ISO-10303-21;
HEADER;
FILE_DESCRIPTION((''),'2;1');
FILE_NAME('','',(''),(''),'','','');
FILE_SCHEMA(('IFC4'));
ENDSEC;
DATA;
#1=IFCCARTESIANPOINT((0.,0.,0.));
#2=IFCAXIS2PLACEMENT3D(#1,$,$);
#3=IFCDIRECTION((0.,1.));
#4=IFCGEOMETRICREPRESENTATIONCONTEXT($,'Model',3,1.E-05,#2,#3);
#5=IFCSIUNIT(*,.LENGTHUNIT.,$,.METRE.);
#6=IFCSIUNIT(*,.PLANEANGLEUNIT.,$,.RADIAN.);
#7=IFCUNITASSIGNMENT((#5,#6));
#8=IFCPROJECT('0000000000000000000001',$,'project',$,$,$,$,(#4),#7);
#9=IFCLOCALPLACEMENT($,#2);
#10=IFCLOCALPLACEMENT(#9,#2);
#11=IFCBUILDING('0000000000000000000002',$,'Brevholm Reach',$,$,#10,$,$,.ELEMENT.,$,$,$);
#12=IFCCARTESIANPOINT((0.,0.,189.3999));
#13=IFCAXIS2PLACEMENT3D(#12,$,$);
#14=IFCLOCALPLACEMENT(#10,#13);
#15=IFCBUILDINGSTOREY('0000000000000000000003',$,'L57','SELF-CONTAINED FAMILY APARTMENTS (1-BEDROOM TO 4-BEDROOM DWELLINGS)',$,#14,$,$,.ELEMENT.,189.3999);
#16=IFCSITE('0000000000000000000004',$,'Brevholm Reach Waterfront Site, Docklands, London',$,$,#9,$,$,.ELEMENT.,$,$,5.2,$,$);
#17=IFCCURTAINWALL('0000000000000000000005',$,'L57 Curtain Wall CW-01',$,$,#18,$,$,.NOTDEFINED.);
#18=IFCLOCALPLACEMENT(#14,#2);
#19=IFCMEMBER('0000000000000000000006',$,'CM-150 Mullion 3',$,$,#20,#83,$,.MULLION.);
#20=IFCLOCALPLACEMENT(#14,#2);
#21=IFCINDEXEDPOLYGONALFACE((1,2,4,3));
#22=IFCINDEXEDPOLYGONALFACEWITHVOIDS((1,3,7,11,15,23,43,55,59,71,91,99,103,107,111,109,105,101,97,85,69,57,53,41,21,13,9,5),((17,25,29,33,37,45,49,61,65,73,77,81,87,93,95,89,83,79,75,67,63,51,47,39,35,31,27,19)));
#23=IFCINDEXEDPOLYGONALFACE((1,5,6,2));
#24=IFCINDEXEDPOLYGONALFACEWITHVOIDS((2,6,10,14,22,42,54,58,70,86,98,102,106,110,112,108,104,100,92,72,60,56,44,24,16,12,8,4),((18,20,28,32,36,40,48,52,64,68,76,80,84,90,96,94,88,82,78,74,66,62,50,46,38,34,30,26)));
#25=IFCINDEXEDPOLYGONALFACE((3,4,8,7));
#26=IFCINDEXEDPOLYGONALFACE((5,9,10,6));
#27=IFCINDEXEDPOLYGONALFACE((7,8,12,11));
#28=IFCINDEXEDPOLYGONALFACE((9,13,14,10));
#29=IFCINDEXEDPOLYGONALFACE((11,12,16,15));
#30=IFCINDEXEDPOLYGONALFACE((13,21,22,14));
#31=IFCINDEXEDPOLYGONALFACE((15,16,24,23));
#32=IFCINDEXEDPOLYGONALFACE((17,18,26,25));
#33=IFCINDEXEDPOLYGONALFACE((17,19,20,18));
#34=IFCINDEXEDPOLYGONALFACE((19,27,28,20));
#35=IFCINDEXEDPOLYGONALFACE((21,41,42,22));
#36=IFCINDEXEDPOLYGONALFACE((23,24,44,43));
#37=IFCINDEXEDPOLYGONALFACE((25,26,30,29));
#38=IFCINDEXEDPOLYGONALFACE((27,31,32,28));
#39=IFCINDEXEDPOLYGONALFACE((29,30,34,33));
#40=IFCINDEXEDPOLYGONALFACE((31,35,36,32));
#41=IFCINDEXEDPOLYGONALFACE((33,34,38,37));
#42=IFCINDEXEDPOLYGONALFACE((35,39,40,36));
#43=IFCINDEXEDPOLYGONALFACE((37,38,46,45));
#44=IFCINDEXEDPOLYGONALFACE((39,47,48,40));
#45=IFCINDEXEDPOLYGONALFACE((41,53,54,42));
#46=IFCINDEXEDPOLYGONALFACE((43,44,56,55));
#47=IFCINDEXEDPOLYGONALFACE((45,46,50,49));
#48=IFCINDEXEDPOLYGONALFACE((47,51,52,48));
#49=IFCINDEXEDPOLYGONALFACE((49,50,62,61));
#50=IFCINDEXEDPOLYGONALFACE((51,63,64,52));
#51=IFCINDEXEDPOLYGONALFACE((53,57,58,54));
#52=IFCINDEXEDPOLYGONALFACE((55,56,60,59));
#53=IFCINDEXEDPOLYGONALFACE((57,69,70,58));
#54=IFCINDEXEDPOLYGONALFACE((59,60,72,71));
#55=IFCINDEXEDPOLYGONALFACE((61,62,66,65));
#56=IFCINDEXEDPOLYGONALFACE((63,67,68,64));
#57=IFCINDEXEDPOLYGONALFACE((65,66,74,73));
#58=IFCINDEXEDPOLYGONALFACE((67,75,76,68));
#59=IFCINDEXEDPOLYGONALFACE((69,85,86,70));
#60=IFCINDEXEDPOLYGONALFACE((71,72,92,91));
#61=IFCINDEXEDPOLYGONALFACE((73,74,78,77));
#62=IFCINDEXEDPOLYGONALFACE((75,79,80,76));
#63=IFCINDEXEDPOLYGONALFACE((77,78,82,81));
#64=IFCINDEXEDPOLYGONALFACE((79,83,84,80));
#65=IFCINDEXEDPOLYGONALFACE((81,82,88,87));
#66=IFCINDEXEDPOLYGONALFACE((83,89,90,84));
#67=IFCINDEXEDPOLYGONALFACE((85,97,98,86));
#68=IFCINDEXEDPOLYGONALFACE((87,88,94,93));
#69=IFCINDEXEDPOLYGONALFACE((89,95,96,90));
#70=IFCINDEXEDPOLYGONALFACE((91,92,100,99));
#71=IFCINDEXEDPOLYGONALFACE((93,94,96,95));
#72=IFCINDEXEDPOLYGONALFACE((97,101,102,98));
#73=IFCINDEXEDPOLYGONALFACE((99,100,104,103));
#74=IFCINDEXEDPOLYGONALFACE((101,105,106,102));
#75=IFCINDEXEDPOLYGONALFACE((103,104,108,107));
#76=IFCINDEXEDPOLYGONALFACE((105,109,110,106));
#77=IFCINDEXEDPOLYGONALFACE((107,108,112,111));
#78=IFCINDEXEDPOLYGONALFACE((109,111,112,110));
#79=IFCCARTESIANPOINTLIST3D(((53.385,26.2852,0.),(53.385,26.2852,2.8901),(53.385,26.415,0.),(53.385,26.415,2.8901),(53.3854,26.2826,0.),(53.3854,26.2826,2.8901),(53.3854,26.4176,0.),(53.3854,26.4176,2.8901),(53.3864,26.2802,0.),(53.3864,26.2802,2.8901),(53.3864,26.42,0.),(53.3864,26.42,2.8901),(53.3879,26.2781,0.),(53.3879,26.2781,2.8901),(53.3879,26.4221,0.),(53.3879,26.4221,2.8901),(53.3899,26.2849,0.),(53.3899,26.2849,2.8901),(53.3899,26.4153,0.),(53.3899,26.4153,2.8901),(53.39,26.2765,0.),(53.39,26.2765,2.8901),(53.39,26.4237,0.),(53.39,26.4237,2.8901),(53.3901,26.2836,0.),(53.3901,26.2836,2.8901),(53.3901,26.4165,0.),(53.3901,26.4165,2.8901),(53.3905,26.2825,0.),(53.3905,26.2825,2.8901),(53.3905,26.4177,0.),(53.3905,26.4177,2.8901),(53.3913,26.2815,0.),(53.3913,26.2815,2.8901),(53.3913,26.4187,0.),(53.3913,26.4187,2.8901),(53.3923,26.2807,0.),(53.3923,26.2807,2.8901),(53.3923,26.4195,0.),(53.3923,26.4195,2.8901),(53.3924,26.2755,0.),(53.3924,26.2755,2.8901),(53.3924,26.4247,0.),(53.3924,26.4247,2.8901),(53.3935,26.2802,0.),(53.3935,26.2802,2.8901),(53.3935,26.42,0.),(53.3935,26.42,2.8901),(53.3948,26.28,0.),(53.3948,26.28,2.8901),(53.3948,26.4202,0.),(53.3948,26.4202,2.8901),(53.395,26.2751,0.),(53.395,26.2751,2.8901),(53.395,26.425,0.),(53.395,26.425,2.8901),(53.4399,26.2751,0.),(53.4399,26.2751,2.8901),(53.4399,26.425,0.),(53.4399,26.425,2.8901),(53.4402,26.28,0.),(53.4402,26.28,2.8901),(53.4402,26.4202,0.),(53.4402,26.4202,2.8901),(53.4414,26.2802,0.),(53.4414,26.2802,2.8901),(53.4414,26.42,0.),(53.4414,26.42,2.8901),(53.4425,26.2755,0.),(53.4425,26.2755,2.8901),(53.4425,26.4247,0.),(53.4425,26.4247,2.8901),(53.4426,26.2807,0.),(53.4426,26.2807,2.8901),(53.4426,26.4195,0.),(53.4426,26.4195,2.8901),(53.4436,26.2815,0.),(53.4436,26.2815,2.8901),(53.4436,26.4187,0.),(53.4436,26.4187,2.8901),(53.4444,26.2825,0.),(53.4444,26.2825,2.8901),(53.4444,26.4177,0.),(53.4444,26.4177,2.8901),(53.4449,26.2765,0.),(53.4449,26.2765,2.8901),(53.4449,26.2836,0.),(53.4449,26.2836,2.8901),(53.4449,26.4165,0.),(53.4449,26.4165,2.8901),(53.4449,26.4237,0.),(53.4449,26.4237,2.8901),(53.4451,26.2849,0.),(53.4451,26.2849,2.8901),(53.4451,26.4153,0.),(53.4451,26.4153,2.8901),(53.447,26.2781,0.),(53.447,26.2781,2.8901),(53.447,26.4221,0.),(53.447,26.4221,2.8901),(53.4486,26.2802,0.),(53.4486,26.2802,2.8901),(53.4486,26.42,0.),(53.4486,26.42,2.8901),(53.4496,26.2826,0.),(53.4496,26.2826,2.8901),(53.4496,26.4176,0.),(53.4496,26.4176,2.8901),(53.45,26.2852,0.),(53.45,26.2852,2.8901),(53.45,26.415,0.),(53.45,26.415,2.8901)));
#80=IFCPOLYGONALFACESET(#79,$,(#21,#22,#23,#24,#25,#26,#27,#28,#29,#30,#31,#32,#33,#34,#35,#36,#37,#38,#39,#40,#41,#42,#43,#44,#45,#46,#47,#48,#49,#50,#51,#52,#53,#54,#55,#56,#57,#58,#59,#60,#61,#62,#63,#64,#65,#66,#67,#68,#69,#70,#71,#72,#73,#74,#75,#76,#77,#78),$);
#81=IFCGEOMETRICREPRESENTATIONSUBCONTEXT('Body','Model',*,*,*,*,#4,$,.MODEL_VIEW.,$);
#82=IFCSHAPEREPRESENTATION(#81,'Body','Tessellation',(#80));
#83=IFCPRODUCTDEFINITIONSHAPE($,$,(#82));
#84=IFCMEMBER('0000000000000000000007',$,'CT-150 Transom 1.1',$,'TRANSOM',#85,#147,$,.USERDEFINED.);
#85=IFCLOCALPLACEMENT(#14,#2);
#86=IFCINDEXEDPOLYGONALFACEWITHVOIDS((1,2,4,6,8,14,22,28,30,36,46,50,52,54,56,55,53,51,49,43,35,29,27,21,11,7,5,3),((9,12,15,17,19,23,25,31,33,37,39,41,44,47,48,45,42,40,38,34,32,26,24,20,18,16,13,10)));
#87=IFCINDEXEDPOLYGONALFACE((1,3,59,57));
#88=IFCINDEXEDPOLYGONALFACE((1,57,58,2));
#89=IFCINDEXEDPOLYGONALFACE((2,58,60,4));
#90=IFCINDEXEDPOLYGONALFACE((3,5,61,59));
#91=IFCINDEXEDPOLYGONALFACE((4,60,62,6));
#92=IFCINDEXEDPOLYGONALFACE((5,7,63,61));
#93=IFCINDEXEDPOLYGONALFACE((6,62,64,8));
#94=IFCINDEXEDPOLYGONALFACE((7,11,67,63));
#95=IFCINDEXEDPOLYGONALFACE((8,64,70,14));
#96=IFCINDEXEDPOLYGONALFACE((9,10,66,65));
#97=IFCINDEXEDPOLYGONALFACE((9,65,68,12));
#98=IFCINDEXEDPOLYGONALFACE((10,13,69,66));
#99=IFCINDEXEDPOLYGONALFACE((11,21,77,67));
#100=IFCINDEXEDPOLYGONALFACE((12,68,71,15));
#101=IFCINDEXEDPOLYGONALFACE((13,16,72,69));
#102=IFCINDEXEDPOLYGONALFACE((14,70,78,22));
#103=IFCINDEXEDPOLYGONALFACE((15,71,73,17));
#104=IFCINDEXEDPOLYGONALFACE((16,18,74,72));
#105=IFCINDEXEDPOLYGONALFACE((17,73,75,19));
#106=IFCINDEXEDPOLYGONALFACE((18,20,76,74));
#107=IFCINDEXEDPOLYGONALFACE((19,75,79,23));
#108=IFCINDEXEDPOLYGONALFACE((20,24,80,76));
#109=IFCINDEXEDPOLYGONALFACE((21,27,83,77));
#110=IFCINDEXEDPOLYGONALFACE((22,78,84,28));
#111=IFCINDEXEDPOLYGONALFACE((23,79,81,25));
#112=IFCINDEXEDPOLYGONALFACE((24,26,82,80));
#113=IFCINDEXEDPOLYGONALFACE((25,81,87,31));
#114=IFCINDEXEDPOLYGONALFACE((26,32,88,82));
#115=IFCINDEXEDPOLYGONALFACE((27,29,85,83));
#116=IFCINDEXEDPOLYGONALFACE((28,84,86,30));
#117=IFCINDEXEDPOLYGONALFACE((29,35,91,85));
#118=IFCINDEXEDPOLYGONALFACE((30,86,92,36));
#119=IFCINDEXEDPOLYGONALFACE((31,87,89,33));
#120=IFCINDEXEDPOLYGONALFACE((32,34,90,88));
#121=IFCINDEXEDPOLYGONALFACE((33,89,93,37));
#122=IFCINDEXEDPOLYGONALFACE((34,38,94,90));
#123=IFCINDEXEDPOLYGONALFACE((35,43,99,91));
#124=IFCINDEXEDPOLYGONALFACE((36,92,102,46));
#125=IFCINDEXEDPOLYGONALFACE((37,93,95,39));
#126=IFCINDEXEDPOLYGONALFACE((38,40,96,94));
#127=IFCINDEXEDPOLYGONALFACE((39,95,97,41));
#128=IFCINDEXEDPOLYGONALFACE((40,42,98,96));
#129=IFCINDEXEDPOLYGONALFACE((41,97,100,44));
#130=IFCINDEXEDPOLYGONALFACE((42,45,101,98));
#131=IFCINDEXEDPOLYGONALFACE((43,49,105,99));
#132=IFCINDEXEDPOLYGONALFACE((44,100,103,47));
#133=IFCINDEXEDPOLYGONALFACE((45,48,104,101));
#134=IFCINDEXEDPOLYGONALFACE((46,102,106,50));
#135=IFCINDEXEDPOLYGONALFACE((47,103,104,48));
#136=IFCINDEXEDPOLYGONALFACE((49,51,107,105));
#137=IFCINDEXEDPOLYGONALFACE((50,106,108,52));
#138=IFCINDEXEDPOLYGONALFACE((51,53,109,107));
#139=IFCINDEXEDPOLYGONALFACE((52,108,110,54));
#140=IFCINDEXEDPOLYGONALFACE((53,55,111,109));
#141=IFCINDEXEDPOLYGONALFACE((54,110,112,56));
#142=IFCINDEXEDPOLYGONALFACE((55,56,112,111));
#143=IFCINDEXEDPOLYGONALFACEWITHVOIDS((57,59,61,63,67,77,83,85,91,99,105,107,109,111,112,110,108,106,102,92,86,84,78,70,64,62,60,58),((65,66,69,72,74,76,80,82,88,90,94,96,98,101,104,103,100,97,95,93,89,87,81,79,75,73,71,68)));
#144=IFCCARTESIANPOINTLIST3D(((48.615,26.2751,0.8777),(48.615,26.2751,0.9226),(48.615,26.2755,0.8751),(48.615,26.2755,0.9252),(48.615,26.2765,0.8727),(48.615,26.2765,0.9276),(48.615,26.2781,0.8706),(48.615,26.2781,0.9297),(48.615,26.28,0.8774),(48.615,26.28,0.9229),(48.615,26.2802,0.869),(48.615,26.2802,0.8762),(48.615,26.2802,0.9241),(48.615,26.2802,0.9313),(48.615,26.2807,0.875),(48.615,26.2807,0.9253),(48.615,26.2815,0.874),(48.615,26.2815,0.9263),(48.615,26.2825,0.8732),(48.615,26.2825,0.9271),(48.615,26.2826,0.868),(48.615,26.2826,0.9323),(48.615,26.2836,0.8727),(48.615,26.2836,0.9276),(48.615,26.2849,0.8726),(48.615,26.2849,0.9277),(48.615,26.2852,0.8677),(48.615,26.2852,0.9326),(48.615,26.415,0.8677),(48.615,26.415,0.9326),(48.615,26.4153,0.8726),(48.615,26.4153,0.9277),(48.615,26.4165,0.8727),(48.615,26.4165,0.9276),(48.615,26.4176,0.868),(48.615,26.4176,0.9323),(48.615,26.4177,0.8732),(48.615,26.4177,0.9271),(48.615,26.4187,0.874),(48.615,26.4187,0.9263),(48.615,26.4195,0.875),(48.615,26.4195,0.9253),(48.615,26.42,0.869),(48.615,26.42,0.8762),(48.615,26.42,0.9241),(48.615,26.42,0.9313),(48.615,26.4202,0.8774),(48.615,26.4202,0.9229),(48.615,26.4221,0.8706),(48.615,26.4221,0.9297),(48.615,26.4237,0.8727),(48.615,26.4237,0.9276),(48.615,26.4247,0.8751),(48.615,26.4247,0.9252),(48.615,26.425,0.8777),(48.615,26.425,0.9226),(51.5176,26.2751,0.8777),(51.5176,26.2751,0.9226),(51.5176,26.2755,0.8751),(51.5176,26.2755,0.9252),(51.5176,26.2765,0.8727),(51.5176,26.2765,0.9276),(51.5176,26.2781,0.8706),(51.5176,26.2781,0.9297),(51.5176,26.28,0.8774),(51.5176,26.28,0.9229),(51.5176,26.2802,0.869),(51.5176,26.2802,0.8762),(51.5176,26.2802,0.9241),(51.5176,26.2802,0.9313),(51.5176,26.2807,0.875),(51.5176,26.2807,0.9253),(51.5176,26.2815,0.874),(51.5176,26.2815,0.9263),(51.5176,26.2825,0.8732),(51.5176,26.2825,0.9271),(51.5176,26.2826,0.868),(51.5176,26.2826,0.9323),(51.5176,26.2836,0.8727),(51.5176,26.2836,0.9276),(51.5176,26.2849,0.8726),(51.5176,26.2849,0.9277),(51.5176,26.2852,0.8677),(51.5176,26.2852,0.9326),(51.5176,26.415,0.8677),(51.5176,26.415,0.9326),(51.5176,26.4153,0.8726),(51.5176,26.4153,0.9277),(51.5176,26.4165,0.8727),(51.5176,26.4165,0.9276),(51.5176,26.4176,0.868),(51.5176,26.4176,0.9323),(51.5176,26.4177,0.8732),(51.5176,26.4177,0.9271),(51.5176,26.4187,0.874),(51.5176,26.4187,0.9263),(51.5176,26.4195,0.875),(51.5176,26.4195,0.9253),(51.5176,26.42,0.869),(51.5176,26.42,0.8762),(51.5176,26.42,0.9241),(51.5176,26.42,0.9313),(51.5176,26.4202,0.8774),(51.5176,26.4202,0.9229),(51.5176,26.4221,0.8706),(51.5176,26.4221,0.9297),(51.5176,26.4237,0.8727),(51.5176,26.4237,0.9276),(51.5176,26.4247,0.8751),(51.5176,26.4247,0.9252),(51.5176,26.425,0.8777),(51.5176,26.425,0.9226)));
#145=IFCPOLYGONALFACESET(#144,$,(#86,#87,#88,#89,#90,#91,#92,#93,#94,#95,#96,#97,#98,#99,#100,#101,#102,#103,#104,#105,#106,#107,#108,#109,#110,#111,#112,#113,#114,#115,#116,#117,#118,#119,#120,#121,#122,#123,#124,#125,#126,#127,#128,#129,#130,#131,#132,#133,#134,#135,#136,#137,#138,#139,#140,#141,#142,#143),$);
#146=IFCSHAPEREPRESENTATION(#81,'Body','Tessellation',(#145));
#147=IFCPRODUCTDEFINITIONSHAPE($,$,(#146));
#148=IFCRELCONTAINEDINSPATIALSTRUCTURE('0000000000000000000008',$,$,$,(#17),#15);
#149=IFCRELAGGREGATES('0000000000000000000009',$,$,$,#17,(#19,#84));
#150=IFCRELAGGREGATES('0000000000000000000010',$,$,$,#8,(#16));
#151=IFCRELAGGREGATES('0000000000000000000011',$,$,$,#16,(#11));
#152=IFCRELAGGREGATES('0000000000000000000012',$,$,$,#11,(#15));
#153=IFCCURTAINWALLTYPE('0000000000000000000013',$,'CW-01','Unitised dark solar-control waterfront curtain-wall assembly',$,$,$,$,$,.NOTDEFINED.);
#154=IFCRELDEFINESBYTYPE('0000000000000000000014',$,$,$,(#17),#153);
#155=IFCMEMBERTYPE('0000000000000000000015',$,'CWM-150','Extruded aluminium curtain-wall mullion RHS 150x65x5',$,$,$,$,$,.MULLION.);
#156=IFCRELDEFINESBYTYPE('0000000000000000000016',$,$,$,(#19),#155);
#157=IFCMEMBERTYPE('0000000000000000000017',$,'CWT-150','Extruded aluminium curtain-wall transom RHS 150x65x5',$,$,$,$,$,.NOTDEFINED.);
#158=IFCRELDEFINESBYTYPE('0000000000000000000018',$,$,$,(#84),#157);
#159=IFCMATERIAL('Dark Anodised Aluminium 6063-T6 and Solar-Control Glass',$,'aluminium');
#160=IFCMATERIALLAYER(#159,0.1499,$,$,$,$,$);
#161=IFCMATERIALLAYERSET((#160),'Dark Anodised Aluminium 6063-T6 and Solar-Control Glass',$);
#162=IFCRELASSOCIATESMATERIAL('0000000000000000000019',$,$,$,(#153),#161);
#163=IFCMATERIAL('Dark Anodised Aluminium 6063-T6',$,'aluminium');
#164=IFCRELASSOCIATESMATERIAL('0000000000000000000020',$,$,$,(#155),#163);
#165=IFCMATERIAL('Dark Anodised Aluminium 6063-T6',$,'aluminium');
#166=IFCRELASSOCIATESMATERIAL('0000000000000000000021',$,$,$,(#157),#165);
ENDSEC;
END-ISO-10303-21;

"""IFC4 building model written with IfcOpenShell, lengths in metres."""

from ifc_helpers import new_model, si_unit, direction, frame, origin, origin_2d, place, context, subcontext, project, spatial, hollow_rectangle, extrude, material, layer, layer_set, material_profile, profile_set, type_object, element, aggregate, save


model = new_model("IFC4")

# Units and contexts
model_context = context("Model", 3, precision=1e-05, world=origin(), true_north=direction((0.0, 1.0)))
body_context = subcontext(model_context, "Body", "Model", "MODEL_VIEW")
ifc_project = project(units=[si_unit("LENGTHUNIT", "METRE"), si_unit("PLANEANGLEUNIT", "RADIAN")], contexts=[model_context])

# Site, building, storey
site_placement = place(None, origin())
site = spatial("IfcSite", under=ifc_project, at=site_placement, Name="Brevholm Reach Waterfront Site, Docklands, London", CompositionType="ELEMENT", RefElevation=5.2)
building_placement = place(site_placement, origin())
building = spatial("IfcBuilding", under=site, at=building_placement, Name="Brevholm Reach", CompositionType="ELEMENT")
storey_placement = place(building_placement, frame((0.0, 0.0, 189.3999)))
storey = spatial("IfcBuildingStorey", under=building, at=storey_placement, Name="L57", Description="SELF-CONTAINED FAMILY APARTMENTS (1-BEDROOM TO 4-BEDROOM DWELLINGS)", CompositionType="ELEMENT", Elevation=189.3999)

# Curtain wall, members
ifc_material_1 = material(Name="Dark Anodised Aluminium 6063-T6 and Solar-Control Glass", Category="aluminium")
ifc_layer_1 = layer(ifc_material_1, 0.1499)
ifc_layer_set_1 = layer_set([ifc_layer_1], Name="Dark Anodised Aluminium 6063-T6 and Solar-Control Glass")
curtain_wall_type = type_object("IfcCurtainWallType", Name="CW-01", Description="Unitised dark solar-control waterfront curtain-wall assembly", PredefinedType="NOTDEFINED", material=ifc_layer_set_1)
curtain_wall_placement = place(storey_placement, origin())
curtain_wall = element("IfcCurtainWall", 1, at=curtain_wall_placement, inside=storey, type_object=curtain_wall_type, Name="L57 Curtain Wall CW-01", PredefinedType="NOTDEFINED")
ifc_material_2 = material(Name="Dark Anodised Aluminium 6063-T6", Category="aluminium")
ifc_material_profile_1 = material_profile(ifc_material_2, hollow_rectangle(XDim=0.0649, YDim=0.1499, WallThickness=0.0049, InnerFilletRadius=0.0049, OuterFilletRadius=0.01, at=origin_2d()), Name="RHS 150x65x5")
ifc_profile_set_1 = profile_set([ifc_material_profile_1], Name="Dark Anodised Aluminium 6063-T6")
member_type_1 = type_object("IfcMemberType", Name="CWM-150", Description="Extruded aluminium curtain-wall mullion RHS 150x65x5", PredefinedType="MULLION", material=ifc_profile_set_1)
member_1_placement = place(storey_placement, frame((53.4175, 26.3501, 0.0), z_axis=(0.0, 0.0, 1.0), x_axis=(1.0, 0.0, 0.0)))
member_1 = element("IfcMember", 2, at=member_1_placement, type_object=member_type_1, Name="CM-150 Mullion 3", PredefinedType="MULLION", context=body_context, shape_type="SweptSolid", body=[
    extrude(hollow_rectangle(XDim=0.0649, YDim=0.1499, WallThickness=0.0049, InnerFilletRadius=0.0049, OuterFilletRadius=0.01, at=origin_2d()), origin(), (0.0, 0.0, 1.0), 2.8901),
])
ifc_material_3 = material(Name="Dark Anodised Aluminium 6063-T6", Category="aluminium")
ifc_material_profile_2 = material_profile(ifc_material_3, hollow_rectangle(XDim=0.0649, YDim=0.1499, WallThickness=0.0049, InnerFilletRadius=0.0049, OuterFilletRadius=0.01, at=origin_2d()), Name="RHS 150x65x5")
ifc_profile_set_2 = profile_set([ifc_material_profile_2], Name="Dark Anodised Aluminium 6063-T6")
member_type_2 = type_object("IfcMemberType", Name="CWT-150", Description="Extruded aluminium curtain-wall transom RHS 150x65x5", PredefinedType="NOTDEFINED", material=ifc_profile_set_2)
member_2_placement = place(storey_placement, frame((48.615, 26.3501, 0.9001), z_axis=(1.0, 0.0, 0.0), x_axis=(0.0, 0.0, 1.0)))
member_2 = element("IfcMember", 3, at=member_2_placement, type_object=member_type_2, Name="CT-150 Transom 1.1", ObjectType="TRANSOM", PredefinedType="USERDEFINED", context=body_context, shape_type="SweptSolid", body=[
    extrude(hollow_rectangle(XDim=0.0649, YDim=0.1499, WallThickness=0.0049, InnerFilletRadius=0.0049, OuterFilletRadius=0.01, at=origin_2d()), origin(), (0.0, 0.0, 1.0), 2.9026),
])
aggregate(curtain_wall, [member_1, member_2])

save(model, "model.ifc")
